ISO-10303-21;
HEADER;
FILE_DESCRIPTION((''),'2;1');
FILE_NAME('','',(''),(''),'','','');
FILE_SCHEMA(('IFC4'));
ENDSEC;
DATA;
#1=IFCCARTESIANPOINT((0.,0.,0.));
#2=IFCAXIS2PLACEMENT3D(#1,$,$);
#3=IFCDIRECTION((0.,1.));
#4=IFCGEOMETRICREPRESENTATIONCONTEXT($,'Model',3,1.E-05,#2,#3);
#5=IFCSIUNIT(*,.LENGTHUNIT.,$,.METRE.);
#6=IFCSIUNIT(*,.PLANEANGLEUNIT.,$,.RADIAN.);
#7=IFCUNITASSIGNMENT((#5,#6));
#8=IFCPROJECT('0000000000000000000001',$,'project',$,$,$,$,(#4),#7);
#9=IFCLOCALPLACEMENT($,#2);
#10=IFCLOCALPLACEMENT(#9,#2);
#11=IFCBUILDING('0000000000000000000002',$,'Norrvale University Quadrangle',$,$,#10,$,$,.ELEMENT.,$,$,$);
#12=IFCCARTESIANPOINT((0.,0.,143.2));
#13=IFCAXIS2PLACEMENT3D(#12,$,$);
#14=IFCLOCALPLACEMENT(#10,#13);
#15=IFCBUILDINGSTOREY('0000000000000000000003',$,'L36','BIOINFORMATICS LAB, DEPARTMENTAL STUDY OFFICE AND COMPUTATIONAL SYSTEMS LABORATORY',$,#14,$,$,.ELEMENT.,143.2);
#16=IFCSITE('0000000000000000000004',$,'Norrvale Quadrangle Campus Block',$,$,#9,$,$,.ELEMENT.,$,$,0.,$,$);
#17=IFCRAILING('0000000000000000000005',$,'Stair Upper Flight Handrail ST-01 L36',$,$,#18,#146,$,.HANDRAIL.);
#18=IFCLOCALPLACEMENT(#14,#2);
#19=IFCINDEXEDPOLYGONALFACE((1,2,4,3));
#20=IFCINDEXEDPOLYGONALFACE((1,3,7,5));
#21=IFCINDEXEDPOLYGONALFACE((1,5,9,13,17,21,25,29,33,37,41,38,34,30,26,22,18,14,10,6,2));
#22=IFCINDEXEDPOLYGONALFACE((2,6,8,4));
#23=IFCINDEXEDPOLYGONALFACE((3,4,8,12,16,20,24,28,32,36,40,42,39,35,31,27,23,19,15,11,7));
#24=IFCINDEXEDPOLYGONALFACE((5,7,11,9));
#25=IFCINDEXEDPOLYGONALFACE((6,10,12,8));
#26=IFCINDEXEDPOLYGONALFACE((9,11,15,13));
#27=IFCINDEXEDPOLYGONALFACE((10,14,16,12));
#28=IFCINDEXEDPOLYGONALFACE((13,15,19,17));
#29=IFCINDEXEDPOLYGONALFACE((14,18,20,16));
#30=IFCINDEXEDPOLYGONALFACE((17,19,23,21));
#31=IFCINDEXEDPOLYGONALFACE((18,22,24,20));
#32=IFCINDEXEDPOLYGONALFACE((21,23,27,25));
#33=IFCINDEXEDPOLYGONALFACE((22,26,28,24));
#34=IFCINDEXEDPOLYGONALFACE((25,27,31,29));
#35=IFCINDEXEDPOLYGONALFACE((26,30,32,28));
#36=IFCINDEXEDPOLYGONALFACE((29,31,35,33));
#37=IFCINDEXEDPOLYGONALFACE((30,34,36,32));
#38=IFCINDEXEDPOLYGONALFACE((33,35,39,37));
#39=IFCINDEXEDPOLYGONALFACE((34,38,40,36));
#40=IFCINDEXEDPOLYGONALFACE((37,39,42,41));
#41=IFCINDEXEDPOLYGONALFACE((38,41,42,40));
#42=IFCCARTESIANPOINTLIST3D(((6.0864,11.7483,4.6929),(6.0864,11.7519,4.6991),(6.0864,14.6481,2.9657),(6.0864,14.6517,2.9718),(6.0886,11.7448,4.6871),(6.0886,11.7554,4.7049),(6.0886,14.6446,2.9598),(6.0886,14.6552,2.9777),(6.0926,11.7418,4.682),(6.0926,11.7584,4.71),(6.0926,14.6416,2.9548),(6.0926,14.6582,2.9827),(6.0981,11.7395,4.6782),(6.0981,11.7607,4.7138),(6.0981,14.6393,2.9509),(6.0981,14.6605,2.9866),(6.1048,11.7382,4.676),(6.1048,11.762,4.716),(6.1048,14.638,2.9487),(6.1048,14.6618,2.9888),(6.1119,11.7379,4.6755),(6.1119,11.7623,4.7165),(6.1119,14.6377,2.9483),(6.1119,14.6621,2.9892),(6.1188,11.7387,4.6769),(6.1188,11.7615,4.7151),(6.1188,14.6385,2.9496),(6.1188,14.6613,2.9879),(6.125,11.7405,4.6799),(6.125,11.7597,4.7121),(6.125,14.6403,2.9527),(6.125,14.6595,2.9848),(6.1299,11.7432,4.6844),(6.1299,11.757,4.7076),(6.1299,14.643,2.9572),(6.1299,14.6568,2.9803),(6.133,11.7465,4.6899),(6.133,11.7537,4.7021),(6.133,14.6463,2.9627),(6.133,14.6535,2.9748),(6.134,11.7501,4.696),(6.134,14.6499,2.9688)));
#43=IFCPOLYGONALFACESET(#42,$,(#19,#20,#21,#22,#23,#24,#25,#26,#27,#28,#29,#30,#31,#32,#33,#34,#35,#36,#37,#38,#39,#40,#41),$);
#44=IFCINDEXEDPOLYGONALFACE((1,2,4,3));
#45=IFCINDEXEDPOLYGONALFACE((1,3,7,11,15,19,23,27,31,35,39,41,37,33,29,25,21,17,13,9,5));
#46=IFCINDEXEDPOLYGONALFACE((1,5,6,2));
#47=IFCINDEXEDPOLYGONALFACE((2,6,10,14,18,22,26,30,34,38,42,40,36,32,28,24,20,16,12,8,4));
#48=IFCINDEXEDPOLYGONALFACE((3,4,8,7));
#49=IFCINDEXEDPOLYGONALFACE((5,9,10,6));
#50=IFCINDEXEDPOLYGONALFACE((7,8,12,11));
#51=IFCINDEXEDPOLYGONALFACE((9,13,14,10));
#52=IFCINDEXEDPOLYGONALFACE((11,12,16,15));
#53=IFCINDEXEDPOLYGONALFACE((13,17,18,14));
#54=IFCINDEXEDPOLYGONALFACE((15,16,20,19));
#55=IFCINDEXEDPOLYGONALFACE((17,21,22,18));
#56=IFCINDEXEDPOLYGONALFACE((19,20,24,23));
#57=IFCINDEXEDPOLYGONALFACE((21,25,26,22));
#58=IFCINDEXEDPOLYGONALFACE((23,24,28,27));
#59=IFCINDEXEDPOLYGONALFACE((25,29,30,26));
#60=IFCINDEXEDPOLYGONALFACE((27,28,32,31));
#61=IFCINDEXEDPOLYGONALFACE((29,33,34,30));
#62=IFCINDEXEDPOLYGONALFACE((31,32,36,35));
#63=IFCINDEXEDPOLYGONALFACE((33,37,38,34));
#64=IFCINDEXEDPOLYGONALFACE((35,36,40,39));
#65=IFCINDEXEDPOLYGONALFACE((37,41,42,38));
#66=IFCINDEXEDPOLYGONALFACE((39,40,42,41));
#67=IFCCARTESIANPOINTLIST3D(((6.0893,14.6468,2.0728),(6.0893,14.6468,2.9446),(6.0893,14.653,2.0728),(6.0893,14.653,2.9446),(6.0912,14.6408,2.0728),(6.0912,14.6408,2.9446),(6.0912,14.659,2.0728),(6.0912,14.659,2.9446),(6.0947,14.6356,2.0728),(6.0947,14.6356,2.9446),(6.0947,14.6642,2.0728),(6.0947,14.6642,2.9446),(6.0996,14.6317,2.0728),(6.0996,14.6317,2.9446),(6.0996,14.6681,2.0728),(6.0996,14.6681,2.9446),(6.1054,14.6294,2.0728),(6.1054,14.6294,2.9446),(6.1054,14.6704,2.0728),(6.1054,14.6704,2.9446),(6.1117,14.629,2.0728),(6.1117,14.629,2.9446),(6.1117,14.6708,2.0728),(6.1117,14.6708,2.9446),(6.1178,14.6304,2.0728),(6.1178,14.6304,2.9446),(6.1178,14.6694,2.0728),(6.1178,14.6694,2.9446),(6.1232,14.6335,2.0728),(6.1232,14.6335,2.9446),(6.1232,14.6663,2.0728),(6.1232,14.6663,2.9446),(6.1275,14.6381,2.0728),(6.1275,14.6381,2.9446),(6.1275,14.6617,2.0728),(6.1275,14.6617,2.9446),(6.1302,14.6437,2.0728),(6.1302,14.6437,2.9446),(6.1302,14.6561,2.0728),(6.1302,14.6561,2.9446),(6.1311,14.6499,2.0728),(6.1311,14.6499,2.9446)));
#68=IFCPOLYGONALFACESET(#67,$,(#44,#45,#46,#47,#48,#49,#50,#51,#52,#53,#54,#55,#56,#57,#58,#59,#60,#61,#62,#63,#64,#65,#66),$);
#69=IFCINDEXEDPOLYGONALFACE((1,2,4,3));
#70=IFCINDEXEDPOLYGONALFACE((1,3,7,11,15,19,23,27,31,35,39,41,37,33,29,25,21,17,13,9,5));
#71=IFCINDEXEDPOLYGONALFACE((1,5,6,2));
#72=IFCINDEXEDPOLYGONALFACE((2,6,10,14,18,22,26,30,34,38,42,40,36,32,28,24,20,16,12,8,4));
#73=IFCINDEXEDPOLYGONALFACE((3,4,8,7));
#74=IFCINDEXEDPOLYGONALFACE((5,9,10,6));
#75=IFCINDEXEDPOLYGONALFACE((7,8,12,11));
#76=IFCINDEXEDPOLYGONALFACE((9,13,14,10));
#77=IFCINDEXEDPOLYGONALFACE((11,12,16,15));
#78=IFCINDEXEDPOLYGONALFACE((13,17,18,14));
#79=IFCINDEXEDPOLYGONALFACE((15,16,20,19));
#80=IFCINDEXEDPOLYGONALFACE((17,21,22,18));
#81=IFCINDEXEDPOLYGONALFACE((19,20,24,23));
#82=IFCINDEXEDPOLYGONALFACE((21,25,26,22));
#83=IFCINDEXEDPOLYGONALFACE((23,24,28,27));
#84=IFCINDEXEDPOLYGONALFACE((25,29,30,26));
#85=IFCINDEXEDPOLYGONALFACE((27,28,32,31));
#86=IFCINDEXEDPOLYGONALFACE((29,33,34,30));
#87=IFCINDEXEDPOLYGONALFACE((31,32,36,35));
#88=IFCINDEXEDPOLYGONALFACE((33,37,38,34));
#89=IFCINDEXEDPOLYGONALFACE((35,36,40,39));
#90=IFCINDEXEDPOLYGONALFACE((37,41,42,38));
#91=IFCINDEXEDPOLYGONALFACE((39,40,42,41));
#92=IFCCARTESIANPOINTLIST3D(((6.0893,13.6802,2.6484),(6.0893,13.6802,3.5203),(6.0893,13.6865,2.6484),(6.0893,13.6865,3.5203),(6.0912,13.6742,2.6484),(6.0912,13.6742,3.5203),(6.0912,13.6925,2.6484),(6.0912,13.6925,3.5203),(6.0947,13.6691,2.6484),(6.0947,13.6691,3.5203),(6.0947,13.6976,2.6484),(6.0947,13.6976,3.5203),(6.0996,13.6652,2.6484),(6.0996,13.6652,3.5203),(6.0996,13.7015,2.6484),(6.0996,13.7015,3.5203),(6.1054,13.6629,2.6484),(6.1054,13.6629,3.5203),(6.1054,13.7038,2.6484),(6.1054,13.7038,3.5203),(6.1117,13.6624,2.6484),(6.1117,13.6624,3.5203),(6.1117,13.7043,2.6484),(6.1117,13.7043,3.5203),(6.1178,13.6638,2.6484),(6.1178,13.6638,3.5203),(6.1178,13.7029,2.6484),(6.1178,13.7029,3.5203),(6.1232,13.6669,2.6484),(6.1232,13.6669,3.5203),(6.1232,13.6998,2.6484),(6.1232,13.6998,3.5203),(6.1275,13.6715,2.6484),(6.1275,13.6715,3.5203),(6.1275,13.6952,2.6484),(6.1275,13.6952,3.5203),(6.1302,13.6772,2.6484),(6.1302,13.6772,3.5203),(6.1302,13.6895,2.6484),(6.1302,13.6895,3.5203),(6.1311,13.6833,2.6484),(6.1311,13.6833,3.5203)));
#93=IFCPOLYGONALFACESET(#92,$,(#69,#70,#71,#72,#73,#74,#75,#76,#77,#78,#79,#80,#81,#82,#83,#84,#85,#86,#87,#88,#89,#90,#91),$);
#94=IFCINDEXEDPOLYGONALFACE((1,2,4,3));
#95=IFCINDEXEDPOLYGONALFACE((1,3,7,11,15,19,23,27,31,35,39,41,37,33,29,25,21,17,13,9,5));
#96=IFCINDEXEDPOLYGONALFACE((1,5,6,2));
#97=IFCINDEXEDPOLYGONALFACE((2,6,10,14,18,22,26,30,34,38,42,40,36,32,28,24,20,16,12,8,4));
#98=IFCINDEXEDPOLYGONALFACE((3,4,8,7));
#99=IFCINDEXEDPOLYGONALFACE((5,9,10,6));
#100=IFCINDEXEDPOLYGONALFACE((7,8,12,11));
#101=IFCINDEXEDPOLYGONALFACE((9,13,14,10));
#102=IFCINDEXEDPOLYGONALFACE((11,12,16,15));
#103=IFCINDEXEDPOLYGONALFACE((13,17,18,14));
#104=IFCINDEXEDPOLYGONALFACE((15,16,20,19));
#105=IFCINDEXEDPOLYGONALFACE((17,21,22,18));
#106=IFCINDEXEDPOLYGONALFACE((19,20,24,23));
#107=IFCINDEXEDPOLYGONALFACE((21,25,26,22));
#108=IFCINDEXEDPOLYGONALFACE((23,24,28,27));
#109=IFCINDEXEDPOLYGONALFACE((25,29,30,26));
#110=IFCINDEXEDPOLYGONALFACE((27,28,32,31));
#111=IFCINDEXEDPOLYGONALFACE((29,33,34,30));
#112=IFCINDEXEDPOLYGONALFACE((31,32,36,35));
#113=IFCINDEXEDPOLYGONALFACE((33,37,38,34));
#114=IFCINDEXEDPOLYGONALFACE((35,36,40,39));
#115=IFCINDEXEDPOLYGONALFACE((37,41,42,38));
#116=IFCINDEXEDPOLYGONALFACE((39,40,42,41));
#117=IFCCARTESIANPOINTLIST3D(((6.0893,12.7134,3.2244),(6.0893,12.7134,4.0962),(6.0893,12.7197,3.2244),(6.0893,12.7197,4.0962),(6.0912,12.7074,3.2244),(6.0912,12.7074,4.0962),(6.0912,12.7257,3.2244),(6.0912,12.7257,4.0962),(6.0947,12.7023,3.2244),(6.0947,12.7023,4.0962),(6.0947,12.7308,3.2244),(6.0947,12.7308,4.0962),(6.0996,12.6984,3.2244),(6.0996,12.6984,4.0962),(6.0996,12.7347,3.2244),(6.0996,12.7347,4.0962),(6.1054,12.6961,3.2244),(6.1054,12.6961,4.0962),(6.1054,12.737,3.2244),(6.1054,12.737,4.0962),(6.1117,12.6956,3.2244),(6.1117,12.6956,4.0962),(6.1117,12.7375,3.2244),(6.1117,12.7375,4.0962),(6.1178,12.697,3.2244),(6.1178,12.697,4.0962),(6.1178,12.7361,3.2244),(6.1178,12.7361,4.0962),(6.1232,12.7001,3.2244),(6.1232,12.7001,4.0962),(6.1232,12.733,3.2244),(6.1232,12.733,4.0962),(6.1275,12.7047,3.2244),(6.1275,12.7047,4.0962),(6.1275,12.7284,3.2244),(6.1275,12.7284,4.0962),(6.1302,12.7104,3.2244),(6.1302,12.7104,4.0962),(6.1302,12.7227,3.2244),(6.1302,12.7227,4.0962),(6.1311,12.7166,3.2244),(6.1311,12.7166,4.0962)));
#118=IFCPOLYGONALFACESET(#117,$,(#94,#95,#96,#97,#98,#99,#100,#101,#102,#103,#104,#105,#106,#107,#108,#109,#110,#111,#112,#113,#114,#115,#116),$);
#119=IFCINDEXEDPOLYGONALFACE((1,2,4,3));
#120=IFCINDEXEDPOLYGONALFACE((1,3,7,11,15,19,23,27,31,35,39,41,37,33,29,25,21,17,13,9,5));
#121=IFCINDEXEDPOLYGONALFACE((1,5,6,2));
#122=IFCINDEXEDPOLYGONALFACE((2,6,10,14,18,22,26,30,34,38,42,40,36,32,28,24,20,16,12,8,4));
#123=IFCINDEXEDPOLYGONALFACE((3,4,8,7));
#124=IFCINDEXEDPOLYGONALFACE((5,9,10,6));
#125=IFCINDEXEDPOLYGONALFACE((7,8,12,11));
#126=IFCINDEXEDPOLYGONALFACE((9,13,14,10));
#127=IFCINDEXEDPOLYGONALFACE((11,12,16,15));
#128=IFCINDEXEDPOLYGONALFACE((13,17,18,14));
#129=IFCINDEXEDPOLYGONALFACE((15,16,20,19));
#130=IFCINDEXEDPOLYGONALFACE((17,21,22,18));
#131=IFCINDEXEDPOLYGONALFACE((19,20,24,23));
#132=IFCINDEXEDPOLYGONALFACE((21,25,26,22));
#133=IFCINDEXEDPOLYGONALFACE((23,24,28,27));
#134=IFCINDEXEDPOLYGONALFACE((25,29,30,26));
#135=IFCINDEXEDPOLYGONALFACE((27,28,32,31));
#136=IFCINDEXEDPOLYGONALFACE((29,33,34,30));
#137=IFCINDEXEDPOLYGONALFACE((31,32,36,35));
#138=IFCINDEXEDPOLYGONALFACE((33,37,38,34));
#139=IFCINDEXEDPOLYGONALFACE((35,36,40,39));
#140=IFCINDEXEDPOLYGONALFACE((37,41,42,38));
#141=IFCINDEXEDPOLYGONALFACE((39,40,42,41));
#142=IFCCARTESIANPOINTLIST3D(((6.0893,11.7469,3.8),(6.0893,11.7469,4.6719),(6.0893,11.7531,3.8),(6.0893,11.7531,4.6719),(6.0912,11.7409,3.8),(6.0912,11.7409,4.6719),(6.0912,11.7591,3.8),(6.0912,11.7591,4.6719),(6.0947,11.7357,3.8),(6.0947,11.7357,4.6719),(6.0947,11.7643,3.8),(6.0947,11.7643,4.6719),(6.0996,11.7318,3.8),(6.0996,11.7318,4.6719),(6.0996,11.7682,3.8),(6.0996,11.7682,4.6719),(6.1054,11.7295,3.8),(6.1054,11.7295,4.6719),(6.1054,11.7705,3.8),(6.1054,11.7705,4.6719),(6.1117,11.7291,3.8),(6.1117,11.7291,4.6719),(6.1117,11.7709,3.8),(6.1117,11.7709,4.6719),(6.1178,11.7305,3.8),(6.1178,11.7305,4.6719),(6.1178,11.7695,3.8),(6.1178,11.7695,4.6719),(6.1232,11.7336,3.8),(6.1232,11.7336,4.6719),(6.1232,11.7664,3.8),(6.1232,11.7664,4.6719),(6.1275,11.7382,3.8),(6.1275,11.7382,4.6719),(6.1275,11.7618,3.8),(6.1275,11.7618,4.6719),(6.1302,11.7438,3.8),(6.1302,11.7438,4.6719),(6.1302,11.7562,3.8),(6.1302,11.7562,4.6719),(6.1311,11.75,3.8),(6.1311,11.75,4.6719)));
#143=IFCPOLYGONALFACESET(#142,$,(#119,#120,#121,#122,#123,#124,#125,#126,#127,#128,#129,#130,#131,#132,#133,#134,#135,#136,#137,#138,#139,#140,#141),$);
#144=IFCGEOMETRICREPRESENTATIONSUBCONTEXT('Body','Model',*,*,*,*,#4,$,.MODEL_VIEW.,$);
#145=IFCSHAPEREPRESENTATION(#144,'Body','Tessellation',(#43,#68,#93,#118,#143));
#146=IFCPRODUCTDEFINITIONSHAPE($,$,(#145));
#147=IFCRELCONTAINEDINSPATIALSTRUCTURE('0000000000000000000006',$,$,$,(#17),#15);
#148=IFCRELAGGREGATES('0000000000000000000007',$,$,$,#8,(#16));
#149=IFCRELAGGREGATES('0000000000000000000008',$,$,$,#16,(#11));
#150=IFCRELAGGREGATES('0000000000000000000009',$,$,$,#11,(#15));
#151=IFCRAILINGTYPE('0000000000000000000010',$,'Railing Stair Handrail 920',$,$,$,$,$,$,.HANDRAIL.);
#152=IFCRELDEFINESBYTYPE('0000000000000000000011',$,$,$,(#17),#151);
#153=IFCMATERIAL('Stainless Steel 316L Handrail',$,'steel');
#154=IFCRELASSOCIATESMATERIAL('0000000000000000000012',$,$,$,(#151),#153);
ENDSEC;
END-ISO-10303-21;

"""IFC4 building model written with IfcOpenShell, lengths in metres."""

from ifc_helpers import new_model, si_unit, direction, frame, origin, origin_2d, place, context, subcontext, project, spatial, circle, extrude, material, type_object, element, save


model = new_model("IFC4")

# Units and contexts
model_context = context("Model", 3, precision=1e-05, world=origin(), true_north=direction((0.0, 1.0)))
body_context = subcontext(model_context, "Body", "Model", "MODEL_VIEW")
ifc_project = project(units=[si_unit("LENGTHUNIT", "METRE"), si_unit("PLANEANGLEUNIT", "RADIAN")], contexts=[model_context])

# Site, building, storey
site_placement = place(None, origin())
site = spatial("IfcSite", under=ifc_project, at=site_placement, Name="Norrvale Quadrangle Campus Block", CompositionType="ELEMENT", RefElevation=0.0)
building_placement = place(site_placement, origin())
building = spatial("IfcBuilding", under=site, at=building_placement, Name="Norrvale University Quadrangle", CompositionType="ELEMENT")
storey_placement = place(building_placement, frame((0.0, 0.0, 143.2)))
storey = spatial("IfcBuildingStorey", under=building, at=storey_placement, Name="L36", Description="BIOINFORMATICS LAB, DEPARTMENTAL STUDY OFFICE AND COMPUTATIONAL SYSTEMS LABORATORY", CompositionType="ELEMENT", Elevation=143.2)

# Railing
ifc_material_1 = material(Name="Stainless Steel 316L Handrail", Category="steel")
railing_type_1 = type_object("IfcRailingType", Name="Railing Stair Handrail 920", PredefinedType="HANDRAIL", material=ifc_material_1)
railing_1_placement = place(storey_placement, frame((6.1101, 14.6499, 2.0728)))
element("IfcRailing", 1, at=railing_1_placement, inside=storey, type_object=railing_type_1, Name="Stair Upper Flight Handrail ST-01 L36", PredefinedType="HANDRAIL", context=body_context, shape_type="SweptSolid", body=[
    extrude(circle(Radius=0.0239, at=origin_2d()), frame((0.0, 0.0, 0.896), z_axis=(0.0, -0.859141, 0.511738), x_axis=(1.0, 0.0, 0.0)), (0.0, 0.0, 1.0), 3.3752),
    extrude(circle(Radius=0.021, at=origin_2d()), origin(), (0.0, 0.0, 1.0), 0.8718),
    extrude(circle(Radius=0.021, at=origin_2d()), frame((0.0, -0.9666, 0.5757)), (0.0, 0.0, 1.0), 0.8718),
    extrude(circle(Radius=0.021, at=origin_2d()), frame((0.0, -1.9333, 1.1516)), (0.0, 0.0, 1.0), 0.8718),
    extrude(circle(Radius=0.021, at=origin_2d()), frame((0.0, -2.8999, 1.7273)), (0.0, 0.0, 1.0), 0.8718),
])

save(model, "model.ifc")
